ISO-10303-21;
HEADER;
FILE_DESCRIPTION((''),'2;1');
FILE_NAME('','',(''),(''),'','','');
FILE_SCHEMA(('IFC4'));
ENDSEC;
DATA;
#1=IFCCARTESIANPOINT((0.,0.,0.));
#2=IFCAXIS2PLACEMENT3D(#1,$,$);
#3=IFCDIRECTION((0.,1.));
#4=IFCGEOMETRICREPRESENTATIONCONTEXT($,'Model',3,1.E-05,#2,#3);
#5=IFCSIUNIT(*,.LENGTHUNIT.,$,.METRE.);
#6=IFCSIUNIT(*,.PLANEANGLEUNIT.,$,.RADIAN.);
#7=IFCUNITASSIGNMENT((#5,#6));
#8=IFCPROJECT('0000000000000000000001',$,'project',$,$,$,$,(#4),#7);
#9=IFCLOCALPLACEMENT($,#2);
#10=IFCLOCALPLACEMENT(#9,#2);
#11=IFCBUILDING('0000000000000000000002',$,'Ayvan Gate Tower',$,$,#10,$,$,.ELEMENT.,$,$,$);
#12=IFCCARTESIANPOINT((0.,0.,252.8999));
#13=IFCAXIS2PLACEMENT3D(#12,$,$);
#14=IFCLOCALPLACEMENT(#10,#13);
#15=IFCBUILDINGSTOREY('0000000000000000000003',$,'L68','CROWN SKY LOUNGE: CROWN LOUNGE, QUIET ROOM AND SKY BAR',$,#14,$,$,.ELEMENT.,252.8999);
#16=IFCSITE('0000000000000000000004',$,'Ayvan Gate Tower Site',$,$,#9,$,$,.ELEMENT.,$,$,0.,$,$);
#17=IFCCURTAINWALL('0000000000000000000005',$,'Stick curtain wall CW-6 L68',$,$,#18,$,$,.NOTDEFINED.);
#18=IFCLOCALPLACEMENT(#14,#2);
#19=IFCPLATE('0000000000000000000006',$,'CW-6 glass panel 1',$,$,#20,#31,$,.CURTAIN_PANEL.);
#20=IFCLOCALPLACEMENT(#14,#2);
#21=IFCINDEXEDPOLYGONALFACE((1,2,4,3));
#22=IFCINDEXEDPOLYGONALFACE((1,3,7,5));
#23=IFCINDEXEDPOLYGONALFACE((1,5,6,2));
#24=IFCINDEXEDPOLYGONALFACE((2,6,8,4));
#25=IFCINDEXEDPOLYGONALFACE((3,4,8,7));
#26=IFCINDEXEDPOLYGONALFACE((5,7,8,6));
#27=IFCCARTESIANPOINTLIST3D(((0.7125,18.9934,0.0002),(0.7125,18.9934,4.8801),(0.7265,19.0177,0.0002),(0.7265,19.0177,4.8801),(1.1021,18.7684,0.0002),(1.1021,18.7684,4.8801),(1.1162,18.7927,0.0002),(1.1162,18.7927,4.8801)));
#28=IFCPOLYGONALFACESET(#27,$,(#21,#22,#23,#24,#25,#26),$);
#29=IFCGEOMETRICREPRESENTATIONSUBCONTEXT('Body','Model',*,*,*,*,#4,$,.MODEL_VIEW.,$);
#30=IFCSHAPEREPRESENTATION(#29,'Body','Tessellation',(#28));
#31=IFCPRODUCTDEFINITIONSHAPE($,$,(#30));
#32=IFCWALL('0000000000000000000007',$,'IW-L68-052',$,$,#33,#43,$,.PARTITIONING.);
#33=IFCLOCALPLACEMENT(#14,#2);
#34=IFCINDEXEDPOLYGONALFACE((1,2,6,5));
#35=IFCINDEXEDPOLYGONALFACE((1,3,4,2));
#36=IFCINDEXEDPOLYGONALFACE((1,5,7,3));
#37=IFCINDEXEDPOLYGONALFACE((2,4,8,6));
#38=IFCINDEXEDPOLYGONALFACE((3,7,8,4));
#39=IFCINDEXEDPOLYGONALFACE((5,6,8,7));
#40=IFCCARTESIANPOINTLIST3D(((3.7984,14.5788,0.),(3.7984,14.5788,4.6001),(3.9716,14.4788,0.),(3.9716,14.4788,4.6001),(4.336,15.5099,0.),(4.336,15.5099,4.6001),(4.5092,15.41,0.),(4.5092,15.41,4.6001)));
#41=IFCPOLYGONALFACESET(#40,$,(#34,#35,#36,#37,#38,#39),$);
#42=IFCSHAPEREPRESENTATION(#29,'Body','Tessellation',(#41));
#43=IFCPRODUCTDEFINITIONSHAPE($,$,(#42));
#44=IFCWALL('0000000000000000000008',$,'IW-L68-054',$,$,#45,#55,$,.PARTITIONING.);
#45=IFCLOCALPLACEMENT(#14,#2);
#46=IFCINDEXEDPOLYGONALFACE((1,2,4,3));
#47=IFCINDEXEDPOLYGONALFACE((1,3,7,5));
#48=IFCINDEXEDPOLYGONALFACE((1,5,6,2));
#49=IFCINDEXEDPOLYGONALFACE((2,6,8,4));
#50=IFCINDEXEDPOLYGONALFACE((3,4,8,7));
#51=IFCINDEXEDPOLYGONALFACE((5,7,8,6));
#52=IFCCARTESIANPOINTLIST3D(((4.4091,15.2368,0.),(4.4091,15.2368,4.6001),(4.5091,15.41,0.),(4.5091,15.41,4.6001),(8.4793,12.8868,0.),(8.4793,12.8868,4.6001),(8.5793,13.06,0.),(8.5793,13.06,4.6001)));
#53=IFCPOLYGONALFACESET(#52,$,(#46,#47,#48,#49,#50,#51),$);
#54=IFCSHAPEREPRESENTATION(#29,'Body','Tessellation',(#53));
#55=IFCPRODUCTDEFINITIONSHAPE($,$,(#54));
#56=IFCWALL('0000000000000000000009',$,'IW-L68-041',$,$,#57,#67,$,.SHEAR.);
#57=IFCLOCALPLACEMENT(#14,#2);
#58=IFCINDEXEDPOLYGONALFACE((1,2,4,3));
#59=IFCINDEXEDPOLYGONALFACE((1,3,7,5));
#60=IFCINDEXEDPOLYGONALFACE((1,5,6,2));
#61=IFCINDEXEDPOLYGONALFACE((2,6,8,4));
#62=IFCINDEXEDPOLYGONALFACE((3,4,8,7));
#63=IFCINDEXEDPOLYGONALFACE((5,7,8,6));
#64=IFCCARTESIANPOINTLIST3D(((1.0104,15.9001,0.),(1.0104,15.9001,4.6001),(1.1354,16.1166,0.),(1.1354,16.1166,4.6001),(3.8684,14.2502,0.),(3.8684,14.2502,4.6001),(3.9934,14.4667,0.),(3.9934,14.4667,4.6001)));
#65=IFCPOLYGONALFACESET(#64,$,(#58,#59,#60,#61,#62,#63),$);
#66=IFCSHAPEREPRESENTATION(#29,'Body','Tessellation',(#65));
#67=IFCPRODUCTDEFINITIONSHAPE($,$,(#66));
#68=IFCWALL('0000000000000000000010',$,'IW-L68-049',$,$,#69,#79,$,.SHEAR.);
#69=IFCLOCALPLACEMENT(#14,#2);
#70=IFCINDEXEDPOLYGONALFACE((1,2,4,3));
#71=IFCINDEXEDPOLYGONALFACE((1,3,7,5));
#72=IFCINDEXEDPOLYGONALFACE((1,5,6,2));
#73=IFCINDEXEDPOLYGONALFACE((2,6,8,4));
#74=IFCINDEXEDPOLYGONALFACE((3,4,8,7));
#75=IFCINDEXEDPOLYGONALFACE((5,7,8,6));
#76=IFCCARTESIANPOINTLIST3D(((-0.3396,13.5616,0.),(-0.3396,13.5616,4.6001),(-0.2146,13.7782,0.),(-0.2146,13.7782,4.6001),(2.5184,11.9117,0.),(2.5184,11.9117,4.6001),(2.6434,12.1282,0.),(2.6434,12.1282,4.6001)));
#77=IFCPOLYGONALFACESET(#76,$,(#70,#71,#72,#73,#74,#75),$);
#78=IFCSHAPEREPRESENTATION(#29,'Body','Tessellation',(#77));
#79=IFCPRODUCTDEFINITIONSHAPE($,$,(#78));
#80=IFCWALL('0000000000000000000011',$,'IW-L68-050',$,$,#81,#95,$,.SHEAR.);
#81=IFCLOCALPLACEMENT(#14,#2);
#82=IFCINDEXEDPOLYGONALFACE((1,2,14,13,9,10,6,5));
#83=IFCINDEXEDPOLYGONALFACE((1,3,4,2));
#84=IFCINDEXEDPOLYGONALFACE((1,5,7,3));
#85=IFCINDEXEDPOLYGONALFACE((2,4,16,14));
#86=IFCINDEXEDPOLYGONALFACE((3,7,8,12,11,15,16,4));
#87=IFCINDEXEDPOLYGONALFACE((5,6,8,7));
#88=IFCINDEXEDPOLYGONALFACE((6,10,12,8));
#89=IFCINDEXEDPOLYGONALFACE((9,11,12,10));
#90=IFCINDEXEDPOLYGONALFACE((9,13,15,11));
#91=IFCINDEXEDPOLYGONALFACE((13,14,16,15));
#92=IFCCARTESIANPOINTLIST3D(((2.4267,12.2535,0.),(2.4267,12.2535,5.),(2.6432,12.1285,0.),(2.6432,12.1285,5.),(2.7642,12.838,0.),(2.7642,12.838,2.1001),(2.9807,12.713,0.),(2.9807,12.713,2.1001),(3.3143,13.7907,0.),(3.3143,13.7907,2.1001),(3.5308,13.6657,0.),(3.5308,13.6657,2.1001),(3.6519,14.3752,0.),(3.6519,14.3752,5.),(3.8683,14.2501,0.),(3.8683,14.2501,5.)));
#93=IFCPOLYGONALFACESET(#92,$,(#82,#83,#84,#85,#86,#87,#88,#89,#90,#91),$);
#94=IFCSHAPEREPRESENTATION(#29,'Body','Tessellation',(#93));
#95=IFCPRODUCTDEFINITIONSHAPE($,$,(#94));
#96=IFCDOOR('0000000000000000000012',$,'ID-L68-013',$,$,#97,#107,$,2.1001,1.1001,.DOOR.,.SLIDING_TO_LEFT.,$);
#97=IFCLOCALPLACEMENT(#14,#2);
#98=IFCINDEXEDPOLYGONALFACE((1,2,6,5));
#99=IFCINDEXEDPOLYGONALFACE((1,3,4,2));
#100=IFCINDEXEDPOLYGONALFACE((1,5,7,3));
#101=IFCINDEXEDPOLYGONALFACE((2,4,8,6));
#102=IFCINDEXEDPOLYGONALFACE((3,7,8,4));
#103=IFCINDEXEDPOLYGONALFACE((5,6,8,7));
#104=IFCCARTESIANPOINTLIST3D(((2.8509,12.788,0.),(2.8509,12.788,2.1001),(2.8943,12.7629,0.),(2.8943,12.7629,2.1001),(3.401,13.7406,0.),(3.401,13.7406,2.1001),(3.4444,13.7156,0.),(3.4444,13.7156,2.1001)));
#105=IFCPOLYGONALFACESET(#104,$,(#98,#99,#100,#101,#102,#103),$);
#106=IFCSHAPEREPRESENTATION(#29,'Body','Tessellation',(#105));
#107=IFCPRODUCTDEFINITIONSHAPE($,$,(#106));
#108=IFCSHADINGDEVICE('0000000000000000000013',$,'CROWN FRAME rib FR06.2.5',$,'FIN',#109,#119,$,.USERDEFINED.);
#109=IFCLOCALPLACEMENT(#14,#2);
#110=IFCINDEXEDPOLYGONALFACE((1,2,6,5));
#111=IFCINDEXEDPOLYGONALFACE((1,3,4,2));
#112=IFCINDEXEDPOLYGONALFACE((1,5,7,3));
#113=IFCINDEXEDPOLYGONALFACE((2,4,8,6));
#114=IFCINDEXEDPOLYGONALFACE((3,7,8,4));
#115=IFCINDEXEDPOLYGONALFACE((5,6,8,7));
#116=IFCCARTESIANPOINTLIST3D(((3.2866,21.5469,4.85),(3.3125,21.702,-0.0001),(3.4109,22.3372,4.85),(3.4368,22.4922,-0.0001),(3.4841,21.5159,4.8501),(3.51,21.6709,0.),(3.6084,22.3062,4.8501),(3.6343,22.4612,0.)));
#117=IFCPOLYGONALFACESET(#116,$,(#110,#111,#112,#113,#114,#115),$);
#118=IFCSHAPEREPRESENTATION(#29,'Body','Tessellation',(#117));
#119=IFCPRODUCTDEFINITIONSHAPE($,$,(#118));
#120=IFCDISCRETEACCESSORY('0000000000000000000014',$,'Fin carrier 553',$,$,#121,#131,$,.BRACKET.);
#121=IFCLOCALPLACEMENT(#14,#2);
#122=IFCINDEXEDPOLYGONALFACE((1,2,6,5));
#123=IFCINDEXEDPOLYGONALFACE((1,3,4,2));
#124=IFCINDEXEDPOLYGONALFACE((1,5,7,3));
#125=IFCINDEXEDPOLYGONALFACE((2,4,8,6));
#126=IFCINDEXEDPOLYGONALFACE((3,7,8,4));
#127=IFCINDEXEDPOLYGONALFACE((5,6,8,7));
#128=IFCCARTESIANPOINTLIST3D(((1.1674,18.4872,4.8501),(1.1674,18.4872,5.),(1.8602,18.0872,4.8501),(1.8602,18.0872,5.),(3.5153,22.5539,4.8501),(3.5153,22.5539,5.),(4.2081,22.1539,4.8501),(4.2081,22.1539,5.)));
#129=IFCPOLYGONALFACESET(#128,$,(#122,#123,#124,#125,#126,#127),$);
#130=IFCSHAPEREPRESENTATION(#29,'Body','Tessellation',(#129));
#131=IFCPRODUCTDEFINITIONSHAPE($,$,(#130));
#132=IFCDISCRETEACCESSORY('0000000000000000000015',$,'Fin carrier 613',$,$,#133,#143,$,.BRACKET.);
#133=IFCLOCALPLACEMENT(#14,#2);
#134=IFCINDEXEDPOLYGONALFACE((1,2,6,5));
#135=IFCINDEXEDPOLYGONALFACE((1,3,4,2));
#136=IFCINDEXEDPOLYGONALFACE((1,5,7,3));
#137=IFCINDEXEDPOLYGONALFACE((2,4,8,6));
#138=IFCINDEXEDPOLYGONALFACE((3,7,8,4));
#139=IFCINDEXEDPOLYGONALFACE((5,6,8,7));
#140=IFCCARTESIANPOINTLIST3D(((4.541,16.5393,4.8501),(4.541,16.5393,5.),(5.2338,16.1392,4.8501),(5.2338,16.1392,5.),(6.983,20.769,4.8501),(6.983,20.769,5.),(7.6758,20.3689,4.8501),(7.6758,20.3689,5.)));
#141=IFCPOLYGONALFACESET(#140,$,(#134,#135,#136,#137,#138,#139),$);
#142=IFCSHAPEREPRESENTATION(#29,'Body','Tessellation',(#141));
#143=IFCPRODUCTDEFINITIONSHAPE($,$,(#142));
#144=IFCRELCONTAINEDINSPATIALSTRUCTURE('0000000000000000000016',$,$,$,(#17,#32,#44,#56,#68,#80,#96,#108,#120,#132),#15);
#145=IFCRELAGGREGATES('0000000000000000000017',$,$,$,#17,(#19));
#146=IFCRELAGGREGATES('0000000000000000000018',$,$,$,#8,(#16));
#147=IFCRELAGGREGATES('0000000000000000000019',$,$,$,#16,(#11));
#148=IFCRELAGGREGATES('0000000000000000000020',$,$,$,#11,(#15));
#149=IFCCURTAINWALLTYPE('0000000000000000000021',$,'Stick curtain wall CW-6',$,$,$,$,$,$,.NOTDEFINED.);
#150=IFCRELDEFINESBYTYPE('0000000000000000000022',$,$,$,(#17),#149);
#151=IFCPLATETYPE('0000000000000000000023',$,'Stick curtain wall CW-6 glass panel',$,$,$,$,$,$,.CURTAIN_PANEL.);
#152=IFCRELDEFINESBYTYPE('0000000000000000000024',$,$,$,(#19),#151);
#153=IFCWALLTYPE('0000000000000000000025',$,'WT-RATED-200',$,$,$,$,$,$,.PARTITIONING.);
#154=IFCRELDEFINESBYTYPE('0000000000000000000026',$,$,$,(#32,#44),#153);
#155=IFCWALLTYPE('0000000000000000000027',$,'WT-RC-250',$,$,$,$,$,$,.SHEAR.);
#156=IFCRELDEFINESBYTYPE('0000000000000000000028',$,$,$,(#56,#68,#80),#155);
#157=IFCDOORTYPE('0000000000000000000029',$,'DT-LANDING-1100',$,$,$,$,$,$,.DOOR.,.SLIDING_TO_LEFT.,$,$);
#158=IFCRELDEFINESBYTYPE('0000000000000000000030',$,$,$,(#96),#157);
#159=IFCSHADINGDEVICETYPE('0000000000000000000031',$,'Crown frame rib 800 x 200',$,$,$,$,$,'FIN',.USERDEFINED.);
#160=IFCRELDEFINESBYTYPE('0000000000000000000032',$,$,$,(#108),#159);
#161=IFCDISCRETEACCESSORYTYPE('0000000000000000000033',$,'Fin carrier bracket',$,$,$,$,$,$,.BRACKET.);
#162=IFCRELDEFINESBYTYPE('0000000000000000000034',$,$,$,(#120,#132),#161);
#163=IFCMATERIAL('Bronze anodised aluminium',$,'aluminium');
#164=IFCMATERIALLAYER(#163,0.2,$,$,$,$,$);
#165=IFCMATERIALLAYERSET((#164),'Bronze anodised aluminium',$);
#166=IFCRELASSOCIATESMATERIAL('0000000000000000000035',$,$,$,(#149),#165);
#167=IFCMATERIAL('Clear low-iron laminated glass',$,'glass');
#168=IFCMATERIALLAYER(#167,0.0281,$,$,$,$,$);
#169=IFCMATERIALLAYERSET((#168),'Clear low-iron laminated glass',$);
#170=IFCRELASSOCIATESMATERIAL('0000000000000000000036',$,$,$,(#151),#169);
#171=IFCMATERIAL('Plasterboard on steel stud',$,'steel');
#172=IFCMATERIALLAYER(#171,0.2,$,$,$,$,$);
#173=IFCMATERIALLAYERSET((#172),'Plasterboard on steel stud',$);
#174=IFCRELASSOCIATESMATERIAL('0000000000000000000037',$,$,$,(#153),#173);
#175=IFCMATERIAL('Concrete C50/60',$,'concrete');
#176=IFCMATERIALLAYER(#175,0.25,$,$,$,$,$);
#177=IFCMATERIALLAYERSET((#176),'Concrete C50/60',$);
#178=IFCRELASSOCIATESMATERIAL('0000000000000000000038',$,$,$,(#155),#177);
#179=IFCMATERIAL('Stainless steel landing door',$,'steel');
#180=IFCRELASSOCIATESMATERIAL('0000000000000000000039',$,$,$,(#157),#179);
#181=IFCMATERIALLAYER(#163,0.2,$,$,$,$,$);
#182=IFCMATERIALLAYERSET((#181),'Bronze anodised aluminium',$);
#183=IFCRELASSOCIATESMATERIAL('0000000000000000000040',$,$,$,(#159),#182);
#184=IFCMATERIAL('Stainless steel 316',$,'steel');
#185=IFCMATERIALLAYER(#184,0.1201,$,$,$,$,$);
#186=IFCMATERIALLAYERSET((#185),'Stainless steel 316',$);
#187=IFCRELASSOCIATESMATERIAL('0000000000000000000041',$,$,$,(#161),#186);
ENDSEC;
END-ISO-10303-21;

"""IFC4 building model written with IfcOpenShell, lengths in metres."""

from ifc_helpers import new_model, si_unit, direction, frame, frame_2d, origin, origin_2d, place, context, subcontext, project, spatial, polyline, rectangle, outline, extrude, material, layer, layer_set, type_object, element, fill, aggregate, save


model = new_model("IFC4")

# Units and contexts
model_context = context("Model", 3, precision=1e-05, world=origin(), true_north=direction((0.0, 1.0)))
body_context = subcontext(model_context, "Body", "Model", "MODEL_VIEW")
ifc_project = project(units=[si_unit("LENGTHUNIT", "METRE"), si_unit("PLANEANGLEUNIT", "RADIAN")], contexts=[model_context])

# Site, building, storey
site_placement = place(None, origin())
site = spatial("IfcSite", under=ifc_project, at=site_placement, Name="Ayvan Gate Tower Site", CompositionType="ELEMENT", RefElevation=0.0)
building_placement = place(site_placement, origin())
building = spatial("IfcBuilding", under=site, at=building_placement, Name="Ayvan Gate Tower", CompositionType="ELEMENT")
storey_placement = place(building_placement, frame((0.0, 0.0, 252.8999)))
storey = spatial("IfcBuildingStorey", under=building, at=storey_placement, Name="L68", Description="CROWN SKY LOUNGE: CROWN LOUNGE, QUIET ROOM AND SKY BAR", CompositionType="ELEMENT", Elevation=252.8999)

# Shared definitions
ifc_material_1 = material(Name="Concrete C50/60", Category="concrete")

# Curtain wall
ifc_material_2 = material(Name="Bronze anodised aluminium", Category="aluminium")
ifc_layer_1 = layer(ifc_material_2, 0.2)
ifc_layer_set_1 = layer_set([ifc_layer_1], Name="Bronze anodised aluminium")
curtain_wall_type_1 = type_object("IfcCurtainWallType", Name="Stick curtain wall CW-6", PredefinedType="NOTDEFINED", material=ifc_layer_set_1)
curtain_wall_1_placement = place(storey_placement, origin())
curtain_wall_1 = element("IfcCurtainWall", 1, at=curtain_wall_1_placement, inside=storey, type_object=curtain_wall_type_1, Name="Stick curtain wall CW-6 L68", PredefinedType="NOTDEFINED")

# Plate
ifc_material_3 = material(Name="Clear low-iron laminated glass", Category="glass")
ifc_layer_2 = layer(ifc_material_3, 0.0281)
ifc_layer_set_2 = layer_set([ifc_layer_2], Name="Clear low-iron laminated glass")
plate_type_1 = type_object("IfcPlateType", Name="Stick curtain wall CW-6 glass panel", PredefinedType="CURTAIN_PANEL", material=ifc_layer_set_2)
plate_1_placement = place(storey_placement, frame((0.9143, 18.8931, 0.0002), z_axis=(0.0, 0.0, 1.0), x_axis=(-0.866025, 0.5, 0.0)))
plate_1 = element("IfcPlate", 2, at=plate_1_placement, type_object=plate_type_1, Name="CW-6 glass panel 1", PredefinedType="CURTAIN_PANEL", context=body_context, shape_type="SweptSolid", body=[
    extrude(rectangle(XDim=0.45, YDim=0.0281, at=origin_2d()), origin(), (0.0, 0.0, 1.0), 4.8799),
])
aggregate(curtain_wall_1, [plate_1])

# Walls
ifc_material_4 = material(Name="Plasterboard on steel stud", Category="steel")
ifc_layer_3 = layer(ifc_material_4, 0.2)
ifc_layer_set_3 = layer_set([ifc_layer_3], Name="Plasterboard on steel stud")
wall_type_1 = type_object("IfcWallType", Name="WT-RATED-200", PredefinedType="PARTITIONING", material=ifc_layer_set_3)
wall_1_placement = place(storey_placement, frame((3.885, 14.5288, 0.0), z_axis=(0.0, 0.0, 1.0), x_axis=(0.499998, 0.866027, 0.0)))
element("IfcWall", 3, at=wall_1_placement, inside=storey, type_object=wall_type_1, Name="IW-L68-052", PredefinedType="PARTITIONING", context=body_context, shape_type="SweptSolid", body=[
    extrude(rectangle(XDim=1.0752, YDim=0.2, at=frame_2d((0.5376, 0.0))), origin(), (0.0, 0.0, 1.0), 4.6001),
])
wall_2_placement = place(storey_placement, frame((4.459, 15.3235, 0.0), z_axis=(0.0, 0.0, 1.0), x_axis=(0.866016, -0.500016, 0.0)))
element("IfcWall", 4, at=wall_2_placement, inside=storey, type_object=wall_type_1, Name="IW-L68-054", PredefinedType="PARTITIONING", context=body_context, shape_type="SweptSolid", body=[
    extrude(rectangle(XDim=4.7, YDim=0.2, at=frame_2d((2.3501, 0.0))), origin(), (0.0, 0.0, 1.0), 4.6001),
])
ifc_layer_4 = layer(ifc_material_1, 0.25)
ifc_layer_set_4 = layer_set([ifc_layer_4], Name="Concrete C50/60")
wall_type_2 = type_object("IfcWallType", Name="WT-RC-250", PredefinedType="SHEAR", material=ifc_layer_set_4)
for number, where, z_axis, x_axis, name in (
    (5, (1.073, 16.0083, 0.0), (0.0, 0.0, 1.0), (0.86604, -0.499974, 0.0), "IW-L68-041"),
    (6, (2.5808, 12.02, 0.0), (0.0, 0.0, 1.0), (-0.86604, 0.499974, 0.0), "IW-L68-049"),
):
    element("IfcWall", number, at=place(storey_placement, frame(where, z_axis=z_axis, x_axis=x_axis)), inside=storey, type_object=wall_type_2, Name=name, PredefinedType="SHEAR", context=body_context, shape_type="SweptSolid", body=[
        extrude(rectangle(XDim=3.3, YDim=0.25, at=frame_2d((1.6499, 0.0))), origin(), (0.0, 0.0, 1.0), 4.6001),
    ])

# Wall, opening, door
wall_3_placement = place(storey_placement, frame((2.5349, 12.1909, 0.0), z_axis=(0.0, 0.0, 1.0), x_axis=(0.500062, 0.86599, 0.0)))
wall_3 = element("IfcWall", 7, at=wall_3_placement, inside=storey, type_object=wall_type_2, Name="IW-L68-050", PredefinedType="SHEAR", context=body_context, shape_type="SweptSolid", body=[
    extrude(rectangle(XDim=2.45, YDim=0.25, at=frame_2d((1.2251, 0.0))), origin(), (0.0, 0.0, 1.0), 5.0),
])
opening_placement = place(wall_3_placement, frame((0.675, 0.0, 0.0)))
opening = element("IfcOpeningElement", 8, at=opening_placement, cuts=wall_3, PredefinedType="OPENING", context=body_context, shape_type="SweptSolid", body=[
    extrude(rectangle(XDim=1.1001, YDim=2.1001, at=frame_2d((0.55, 1.05))), frame((0.0, 0.135, 0.0), z_axis=(0.0, -1.0, 0.0), x_axis=(1.0, 0.0, 0.0)), (0.0, 0.0, 1.0), 0.27),
])
ifc_material_5 = material(Name="Stainless steel landing door", Category="steel")
door_type = type_object("IfcDoorType", Name="DT-LANDING-1100", OperationType="SLIDING_TO_LEFT", PredefinedType="DOOR", material=ifc_material_5)
door_placement = place(opening_placement, origin())
door = element("IfcDoor", 9, at=door_placement, inside=storey, type_object=door_type, Name="ID-L68-013", OperationType="SLIDING_TO_LEFT", OverallHeight=2.1001, OverallWidth=1.1001, PredefinedType="DOOR", context=body_context, shape_type="SweptSolid", body=[
    extrude(rectangle(XDim=1.1001, YDim=2.1001, at=frame_2d((0.55, 1.05))), frame((0.0, 0.0249, 0.0), z_axis=(0.0, -1.0, 0.0), x_axis=(1.0, 0.0, 0.0)), (0.0, 0.0, 1.0), 0.05),
])
fill(opening, door)

# Shading device
ifc_layer_5 = layer(ifc_material_2, 0.2)
ifc_layer_set_5 = layer_set([ifc_layer_5], Name="Bronze anodised aluminium")
shading_device_type = type_object("IfcShadingDeviceType", Name="Crown frame rib 800 x 200", ElementType="FIN", PredefinedType="USERDEFINED", material=ifc_layer_set_5)
shading_device_placement = place(storey_placement, frame((3.51, 21.6709, 0.0), z_axis=(0.987862, -0.155336, 0.000306), x_axis=(0.155336, 0.987862, 0.0)))
element("IfcShadingDevice", 10, at=shading_device_placement, inside=storey, type_object=shading_device_type, Name="CROWN FRAME rib FR06.2.5", ObjectType="FIN", PredefinedType="USERDEFINED", context=body_context, shape_type="SweptSolid", body=[
    extrude(outline(polyline([(0.0, 0.0), (0.8, 0.0), (0.6428, 4.8501), (-0.1572, 4.8501), (0.0, 0.0)])), origin(), (0.0, 0.0, -1.0), 0.2),
])

# Discrete accessories
ifc_material_6 = material(Name="Stainless steel 316", Category="steel")
ifc_layer_6 = layer(ifc_material_6, 0.1201)
ifc_layer_set_6 = layer_set([ifc_layer_6], Name="Stainless steel 316")
discrete_accessory_type = type_object("IfcDiscreteAccessoryType", Name="Fin carrier bracket", PredefinedType="BRACKET", material=ifc_layer_set_6)
discrete_accessory_1_placement = place(storey_placement, frame((2.6877, 20.3206, 4.8501), z_axis=(0.0, 0.0, 1.0), x_axis=(-0.866025, 0.5, 0.0)))
element("IfcDiscreteAccessory", 11, at=discrete_accessory_1_placement, inside=storey, type_object=discrete_accessory_type, Name="Fin carrier 553", PredefinedType="BRACKET", context=body_context, shape_type="SweptSolid", body=[
    extrude(rectangle(XDim=0.8, YDim=4.6958, at=origin_2d()), origin(), (0.0, 0.0, 1.0), 0.1499),
])
discrete_accessory_2_placement = place(storey_placement, frame((6.1084, 18.4541, 4.8501), z_axis=(0.0, 0.0, 1.0), x_axis=(-0.866025, 0.5, 0.0)))
element("IfcDiscreteAccessory", 12, at=discrete_accessory_2_placement, inside=storey, type_object=discrete_accessory_type, Name="Fin carrier 613", PredefinedType="BRACKET", context=body_context, shape_type="SweptSolid", body=[
    extrude(rectangle(XDim=0.8, YDim=4.884, at=origin_2d()), origin(), (0.0, 0.0, 1.0), 0.1499),
])

save(model, "model.ifc")
